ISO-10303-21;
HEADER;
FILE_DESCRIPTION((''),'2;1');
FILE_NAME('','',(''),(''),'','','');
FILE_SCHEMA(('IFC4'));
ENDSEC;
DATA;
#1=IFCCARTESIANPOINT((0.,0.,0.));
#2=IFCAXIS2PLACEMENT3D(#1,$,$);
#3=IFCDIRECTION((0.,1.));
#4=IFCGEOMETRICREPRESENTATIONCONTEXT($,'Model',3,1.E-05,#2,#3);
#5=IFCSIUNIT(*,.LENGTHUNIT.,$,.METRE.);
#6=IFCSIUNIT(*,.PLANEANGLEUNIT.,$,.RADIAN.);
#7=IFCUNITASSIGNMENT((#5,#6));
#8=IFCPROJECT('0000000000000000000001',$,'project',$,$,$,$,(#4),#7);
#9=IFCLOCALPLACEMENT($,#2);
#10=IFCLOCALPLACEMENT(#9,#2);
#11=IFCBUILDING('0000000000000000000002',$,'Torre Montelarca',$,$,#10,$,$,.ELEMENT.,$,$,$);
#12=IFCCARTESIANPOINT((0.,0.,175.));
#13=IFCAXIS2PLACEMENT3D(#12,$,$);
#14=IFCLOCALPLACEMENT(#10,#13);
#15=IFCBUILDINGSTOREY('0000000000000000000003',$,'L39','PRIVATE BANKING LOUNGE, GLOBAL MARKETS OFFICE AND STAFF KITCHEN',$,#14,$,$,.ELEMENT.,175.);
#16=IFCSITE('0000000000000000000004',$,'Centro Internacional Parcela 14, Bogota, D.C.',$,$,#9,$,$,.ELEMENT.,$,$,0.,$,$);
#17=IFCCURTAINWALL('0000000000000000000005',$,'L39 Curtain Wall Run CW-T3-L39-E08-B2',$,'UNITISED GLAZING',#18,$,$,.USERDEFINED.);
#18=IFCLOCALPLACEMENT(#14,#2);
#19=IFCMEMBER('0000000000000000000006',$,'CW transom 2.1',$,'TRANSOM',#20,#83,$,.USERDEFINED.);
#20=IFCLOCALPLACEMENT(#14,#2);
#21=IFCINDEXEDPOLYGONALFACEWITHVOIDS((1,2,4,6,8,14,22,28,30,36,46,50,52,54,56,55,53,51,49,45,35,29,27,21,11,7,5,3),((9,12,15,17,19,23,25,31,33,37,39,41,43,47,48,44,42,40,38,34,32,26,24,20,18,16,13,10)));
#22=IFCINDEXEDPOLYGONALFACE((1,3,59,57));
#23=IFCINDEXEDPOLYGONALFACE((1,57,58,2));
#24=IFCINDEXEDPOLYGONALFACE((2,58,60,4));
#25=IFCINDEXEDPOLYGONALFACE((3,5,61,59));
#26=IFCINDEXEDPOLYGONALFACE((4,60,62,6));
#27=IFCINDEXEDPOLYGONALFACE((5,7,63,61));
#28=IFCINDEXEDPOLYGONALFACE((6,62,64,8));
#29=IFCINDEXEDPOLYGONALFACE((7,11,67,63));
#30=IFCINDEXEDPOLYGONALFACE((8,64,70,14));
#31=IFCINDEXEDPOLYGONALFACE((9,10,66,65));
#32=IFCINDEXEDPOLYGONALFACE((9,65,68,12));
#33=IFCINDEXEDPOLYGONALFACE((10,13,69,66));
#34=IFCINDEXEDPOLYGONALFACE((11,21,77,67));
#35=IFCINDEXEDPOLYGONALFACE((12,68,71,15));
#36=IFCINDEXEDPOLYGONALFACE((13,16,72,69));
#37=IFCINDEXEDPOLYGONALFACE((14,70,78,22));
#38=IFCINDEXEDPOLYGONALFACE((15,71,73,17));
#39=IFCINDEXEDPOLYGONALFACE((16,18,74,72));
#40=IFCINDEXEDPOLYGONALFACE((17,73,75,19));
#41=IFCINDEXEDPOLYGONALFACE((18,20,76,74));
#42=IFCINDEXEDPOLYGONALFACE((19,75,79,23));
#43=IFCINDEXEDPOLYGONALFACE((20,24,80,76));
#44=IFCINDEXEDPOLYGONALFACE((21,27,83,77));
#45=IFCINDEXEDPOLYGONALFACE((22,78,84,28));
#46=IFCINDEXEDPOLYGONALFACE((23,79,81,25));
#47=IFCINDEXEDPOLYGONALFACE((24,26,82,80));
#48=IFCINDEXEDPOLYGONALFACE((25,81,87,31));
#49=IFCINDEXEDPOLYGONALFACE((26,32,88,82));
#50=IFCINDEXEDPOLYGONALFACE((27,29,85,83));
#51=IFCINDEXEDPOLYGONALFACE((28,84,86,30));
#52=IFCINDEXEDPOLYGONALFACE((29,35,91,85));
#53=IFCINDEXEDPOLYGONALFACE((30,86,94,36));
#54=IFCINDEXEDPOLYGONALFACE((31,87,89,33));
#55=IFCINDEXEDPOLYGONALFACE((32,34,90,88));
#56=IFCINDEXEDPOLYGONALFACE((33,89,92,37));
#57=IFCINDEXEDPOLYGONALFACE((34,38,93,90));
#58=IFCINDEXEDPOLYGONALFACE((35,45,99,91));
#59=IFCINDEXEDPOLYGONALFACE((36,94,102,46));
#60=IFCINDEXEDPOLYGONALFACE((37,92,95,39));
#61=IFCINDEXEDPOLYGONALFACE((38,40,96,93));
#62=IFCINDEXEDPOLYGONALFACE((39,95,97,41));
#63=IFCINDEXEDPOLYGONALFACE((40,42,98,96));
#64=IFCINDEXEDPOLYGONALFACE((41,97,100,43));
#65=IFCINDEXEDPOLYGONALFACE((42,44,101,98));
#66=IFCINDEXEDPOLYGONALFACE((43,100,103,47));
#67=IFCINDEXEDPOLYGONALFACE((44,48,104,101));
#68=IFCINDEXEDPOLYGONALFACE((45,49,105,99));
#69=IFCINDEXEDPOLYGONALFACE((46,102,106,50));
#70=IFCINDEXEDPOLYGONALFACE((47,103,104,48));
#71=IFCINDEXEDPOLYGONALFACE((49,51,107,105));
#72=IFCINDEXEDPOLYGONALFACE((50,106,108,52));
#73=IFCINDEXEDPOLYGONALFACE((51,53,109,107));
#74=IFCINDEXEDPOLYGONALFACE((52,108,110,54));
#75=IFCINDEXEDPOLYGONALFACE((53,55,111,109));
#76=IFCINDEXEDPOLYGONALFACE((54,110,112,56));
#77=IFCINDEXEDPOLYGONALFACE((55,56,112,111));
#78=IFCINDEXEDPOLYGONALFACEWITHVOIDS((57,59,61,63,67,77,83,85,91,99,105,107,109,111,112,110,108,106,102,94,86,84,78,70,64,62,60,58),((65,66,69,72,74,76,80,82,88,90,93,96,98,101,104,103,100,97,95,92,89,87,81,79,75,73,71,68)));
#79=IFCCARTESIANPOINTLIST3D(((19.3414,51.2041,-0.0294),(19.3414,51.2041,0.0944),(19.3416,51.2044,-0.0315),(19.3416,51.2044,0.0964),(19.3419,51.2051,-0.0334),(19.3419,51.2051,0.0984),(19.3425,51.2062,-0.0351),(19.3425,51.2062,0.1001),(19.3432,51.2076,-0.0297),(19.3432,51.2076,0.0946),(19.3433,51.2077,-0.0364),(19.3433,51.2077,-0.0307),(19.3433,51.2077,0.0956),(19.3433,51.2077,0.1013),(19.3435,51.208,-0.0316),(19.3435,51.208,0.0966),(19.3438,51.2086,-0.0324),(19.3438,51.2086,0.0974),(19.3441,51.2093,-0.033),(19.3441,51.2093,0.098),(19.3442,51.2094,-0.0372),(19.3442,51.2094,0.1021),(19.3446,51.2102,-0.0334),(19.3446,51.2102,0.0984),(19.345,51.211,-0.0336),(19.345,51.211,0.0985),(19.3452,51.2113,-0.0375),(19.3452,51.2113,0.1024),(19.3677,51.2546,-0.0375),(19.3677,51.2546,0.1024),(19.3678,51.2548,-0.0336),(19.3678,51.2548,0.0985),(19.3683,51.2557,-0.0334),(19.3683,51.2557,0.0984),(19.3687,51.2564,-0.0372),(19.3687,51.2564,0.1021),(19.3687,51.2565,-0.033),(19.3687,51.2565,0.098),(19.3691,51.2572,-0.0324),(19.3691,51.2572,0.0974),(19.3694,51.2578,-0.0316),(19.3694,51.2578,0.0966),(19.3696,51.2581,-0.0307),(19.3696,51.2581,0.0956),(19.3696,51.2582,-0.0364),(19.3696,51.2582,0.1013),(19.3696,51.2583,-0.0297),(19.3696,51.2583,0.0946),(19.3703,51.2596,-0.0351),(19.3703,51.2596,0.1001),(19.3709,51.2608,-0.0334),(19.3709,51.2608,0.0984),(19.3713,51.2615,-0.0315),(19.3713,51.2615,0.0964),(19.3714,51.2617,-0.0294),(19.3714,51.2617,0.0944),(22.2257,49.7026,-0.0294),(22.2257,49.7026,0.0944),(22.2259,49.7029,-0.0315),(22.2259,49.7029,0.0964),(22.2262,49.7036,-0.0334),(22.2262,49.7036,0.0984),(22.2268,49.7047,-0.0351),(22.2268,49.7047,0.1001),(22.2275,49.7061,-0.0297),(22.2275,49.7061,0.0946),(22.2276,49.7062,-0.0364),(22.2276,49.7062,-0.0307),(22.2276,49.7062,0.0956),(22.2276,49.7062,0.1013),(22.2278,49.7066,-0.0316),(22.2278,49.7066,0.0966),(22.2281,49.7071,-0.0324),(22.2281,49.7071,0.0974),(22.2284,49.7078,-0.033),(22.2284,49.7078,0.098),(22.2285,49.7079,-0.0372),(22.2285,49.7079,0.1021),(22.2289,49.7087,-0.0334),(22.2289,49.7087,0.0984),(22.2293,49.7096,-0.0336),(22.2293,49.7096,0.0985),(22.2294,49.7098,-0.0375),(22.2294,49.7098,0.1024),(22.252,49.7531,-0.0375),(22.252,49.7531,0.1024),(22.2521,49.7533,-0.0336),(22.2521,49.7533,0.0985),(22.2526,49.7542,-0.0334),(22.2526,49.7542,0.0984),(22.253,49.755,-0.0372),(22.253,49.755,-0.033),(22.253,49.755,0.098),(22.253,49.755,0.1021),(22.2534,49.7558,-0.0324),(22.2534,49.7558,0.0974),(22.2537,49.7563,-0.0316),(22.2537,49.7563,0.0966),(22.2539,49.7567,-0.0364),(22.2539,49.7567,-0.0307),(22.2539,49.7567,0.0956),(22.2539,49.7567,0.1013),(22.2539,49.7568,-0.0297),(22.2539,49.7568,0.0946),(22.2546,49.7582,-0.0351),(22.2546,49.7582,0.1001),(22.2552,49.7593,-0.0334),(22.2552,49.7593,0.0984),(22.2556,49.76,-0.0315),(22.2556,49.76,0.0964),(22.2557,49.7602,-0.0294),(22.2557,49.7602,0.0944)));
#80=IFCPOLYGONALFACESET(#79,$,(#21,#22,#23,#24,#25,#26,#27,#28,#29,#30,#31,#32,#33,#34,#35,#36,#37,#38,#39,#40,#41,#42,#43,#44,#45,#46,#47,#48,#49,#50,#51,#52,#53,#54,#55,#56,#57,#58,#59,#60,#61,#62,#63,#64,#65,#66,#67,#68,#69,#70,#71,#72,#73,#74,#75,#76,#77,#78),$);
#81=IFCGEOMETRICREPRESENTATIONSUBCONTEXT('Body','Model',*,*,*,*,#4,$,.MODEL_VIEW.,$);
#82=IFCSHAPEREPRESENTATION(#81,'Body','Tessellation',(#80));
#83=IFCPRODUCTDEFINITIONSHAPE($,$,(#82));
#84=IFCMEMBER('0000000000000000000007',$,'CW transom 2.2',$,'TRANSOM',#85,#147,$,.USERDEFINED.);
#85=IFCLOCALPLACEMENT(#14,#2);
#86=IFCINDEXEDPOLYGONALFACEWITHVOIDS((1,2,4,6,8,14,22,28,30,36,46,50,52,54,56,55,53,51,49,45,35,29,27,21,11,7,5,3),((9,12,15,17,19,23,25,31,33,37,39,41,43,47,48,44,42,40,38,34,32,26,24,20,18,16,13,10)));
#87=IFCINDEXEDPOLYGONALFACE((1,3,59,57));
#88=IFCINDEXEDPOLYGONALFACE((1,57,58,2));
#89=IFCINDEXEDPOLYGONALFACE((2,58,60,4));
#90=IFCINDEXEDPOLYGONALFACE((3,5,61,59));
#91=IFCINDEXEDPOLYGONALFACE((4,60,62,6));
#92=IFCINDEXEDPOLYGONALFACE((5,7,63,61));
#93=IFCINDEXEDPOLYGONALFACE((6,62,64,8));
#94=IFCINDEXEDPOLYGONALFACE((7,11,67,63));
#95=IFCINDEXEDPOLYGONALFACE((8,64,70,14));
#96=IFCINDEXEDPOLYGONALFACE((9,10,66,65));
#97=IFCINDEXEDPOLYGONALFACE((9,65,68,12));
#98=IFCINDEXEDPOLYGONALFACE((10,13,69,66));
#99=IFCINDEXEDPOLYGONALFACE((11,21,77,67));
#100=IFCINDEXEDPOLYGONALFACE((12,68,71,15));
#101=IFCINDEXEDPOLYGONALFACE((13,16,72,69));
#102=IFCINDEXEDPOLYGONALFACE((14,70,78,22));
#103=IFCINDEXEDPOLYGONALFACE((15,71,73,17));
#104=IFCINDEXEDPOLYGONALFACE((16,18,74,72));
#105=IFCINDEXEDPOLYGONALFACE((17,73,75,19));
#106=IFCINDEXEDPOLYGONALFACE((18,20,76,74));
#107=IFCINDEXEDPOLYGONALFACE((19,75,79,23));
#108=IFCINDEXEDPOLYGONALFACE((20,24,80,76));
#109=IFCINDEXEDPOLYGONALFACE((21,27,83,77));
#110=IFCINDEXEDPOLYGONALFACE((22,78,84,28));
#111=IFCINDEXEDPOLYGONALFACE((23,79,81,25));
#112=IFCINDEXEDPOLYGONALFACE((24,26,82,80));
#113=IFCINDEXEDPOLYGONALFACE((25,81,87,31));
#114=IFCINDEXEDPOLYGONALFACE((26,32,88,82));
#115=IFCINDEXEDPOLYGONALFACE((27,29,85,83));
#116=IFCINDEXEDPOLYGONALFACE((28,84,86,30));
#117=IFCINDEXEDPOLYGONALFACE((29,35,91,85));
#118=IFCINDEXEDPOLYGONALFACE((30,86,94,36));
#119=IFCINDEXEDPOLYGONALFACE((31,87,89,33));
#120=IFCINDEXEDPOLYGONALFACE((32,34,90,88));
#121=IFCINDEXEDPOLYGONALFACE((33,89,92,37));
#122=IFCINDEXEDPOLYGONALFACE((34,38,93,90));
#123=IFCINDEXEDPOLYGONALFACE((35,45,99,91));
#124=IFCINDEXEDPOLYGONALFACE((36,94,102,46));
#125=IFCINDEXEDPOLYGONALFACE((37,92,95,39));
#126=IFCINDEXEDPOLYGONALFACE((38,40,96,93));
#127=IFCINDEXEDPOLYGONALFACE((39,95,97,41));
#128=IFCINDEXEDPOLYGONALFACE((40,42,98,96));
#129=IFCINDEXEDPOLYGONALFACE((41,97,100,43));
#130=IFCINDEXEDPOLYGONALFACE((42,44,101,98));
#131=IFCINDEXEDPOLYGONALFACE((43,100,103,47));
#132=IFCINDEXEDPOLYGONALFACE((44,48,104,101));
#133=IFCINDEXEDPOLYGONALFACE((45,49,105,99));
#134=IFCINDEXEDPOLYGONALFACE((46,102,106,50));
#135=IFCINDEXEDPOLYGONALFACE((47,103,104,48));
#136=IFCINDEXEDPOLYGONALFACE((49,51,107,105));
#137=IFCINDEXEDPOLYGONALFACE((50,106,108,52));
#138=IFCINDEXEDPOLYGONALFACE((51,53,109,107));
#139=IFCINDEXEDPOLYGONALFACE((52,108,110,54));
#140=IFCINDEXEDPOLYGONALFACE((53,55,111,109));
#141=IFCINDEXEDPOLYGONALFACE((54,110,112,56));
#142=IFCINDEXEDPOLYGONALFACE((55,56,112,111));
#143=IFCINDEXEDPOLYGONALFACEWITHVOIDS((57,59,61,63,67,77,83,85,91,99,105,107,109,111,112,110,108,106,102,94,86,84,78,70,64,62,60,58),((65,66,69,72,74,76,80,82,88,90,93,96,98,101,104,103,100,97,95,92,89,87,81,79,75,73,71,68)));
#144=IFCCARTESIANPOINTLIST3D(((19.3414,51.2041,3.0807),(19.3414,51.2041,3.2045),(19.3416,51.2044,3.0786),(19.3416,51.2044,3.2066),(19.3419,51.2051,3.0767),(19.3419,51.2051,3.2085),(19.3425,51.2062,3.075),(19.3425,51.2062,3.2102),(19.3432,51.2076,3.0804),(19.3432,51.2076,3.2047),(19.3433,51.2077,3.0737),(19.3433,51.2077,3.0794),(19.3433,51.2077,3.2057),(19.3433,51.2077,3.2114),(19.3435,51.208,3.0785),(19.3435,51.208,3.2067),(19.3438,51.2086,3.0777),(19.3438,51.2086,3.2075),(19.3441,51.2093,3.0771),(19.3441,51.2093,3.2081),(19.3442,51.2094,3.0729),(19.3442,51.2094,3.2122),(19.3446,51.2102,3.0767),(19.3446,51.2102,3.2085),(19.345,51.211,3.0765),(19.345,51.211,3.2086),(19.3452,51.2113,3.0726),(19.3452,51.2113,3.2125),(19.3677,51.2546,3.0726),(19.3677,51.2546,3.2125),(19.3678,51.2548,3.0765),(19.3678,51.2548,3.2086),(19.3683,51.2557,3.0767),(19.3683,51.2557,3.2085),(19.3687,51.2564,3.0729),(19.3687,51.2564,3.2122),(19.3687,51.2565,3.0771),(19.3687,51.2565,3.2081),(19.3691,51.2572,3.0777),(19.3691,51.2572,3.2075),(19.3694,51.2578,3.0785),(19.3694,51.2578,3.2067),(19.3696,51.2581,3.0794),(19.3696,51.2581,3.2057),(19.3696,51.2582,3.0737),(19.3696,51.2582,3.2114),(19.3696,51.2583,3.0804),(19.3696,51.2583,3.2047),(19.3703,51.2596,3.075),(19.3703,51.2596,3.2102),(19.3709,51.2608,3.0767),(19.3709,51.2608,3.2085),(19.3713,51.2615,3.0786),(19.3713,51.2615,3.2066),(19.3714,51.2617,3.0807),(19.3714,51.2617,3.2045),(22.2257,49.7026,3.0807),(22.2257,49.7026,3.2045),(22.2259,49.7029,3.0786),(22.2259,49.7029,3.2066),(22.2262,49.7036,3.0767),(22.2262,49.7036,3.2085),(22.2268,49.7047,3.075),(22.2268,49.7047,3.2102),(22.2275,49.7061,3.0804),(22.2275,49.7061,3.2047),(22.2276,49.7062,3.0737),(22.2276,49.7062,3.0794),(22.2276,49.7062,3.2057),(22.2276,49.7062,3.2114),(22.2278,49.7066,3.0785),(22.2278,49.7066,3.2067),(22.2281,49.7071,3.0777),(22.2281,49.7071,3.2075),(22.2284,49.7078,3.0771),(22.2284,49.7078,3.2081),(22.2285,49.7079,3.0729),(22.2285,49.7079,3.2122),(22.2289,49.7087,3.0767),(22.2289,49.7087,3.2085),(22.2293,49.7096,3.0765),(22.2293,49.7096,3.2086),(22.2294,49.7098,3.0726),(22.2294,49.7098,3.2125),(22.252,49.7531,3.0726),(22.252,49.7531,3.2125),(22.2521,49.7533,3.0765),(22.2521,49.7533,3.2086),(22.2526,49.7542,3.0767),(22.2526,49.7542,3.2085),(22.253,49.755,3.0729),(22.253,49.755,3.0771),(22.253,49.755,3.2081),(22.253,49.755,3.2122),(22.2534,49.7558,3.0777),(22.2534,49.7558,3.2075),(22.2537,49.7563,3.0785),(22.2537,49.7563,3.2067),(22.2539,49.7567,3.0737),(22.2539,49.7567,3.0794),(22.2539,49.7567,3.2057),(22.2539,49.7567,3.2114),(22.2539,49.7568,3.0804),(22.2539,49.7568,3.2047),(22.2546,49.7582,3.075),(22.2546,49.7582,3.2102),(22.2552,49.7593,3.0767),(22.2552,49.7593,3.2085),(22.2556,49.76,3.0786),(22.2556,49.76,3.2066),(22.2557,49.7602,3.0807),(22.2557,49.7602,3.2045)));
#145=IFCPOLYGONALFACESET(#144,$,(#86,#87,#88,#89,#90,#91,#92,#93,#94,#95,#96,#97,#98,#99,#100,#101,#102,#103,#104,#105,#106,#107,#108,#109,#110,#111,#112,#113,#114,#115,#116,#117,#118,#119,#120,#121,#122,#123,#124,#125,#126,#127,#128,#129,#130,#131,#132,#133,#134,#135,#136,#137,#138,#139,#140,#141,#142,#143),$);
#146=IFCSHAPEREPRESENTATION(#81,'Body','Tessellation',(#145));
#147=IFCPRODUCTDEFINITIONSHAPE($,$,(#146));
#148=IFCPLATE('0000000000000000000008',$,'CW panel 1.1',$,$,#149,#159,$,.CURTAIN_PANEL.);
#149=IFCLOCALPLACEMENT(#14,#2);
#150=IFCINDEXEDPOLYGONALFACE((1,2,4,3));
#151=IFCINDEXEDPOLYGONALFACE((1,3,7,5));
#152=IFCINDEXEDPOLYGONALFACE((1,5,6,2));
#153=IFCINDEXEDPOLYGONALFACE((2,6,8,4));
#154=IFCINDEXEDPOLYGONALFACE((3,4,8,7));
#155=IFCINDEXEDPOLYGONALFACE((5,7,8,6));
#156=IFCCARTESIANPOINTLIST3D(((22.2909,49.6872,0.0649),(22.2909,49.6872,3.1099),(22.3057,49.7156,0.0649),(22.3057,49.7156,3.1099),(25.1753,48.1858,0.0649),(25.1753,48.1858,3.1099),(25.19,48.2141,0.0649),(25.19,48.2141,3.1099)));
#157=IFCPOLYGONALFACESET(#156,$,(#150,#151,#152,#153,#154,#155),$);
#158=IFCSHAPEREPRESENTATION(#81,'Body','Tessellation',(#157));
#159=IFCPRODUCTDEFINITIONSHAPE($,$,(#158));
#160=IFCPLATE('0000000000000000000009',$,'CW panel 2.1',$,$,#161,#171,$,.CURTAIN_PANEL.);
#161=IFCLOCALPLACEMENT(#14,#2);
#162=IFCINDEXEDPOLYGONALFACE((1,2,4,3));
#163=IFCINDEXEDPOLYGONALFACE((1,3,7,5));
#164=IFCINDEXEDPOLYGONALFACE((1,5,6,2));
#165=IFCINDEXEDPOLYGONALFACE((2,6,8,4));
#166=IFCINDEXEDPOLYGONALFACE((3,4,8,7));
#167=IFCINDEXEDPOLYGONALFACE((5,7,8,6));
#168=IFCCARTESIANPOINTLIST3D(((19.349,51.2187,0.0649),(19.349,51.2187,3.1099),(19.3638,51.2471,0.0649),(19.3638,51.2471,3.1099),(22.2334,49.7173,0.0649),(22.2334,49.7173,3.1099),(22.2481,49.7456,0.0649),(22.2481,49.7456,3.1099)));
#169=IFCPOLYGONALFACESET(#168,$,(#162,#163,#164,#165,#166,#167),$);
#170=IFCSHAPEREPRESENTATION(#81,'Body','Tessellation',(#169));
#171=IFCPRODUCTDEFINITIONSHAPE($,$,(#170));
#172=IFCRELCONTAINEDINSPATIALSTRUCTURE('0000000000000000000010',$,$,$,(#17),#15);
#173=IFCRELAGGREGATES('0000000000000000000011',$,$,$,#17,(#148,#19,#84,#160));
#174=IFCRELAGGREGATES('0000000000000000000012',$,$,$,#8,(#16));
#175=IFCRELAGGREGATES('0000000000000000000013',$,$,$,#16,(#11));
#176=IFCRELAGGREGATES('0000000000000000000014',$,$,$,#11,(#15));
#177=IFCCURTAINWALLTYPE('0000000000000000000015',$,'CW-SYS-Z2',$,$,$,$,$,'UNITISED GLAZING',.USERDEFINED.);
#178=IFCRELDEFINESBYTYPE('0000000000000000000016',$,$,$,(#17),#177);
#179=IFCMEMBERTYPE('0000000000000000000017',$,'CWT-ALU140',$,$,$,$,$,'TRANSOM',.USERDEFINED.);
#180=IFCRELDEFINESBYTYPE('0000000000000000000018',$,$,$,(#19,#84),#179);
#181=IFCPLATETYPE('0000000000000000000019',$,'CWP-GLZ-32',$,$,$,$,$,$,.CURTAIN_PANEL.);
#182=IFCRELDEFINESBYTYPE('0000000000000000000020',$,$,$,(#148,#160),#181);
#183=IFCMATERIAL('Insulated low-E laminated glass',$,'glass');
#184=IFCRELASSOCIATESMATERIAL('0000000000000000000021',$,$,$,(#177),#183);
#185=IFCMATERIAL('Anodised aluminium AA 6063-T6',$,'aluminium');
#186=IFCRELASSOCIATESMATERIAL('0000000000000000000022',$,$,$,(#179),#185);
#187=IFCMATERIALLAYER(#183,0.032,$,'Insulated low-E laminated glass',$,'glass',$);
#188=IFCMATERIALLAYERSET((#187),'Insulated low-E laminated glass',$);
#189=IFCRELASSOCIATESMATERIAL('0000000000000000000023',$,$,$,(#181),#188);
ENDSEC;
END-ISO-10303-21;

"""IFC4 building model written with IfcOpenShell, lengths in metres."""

from ifc_helpers import new_model, si_unit, direction, frame, origin, origin_2d, place, context, subcontext, project, spatial, rectangle, hollow_rectangle, extrude, source, transform, mapped, material, layer, layer_set, material_profile, profile_set, type_object, element, aggregate, save


model = new_model("IFC4")

# Units and contexts
model_context = context("Model", 3, precision=1e-05, world=origin(), true_north=direction((0.0, 1.0)))
body_context = subcontext(model_context, "Body", "Model", "MODEL_VIEW")
ifc_project = project(units=[si_unit("LENGTHUNIT", "METRE"), si_unit("PLANEANGLEUNIT", "RADIAN")], contexts=[model_context])

# Site, building, storey
site_placement = place(None, origin())
site = spatial("IfcSite", under=ifc_project, at=site_placement, Name="Centro Internacional Parcela 14, Bogota, D.C.", CompositionType="ELEMENT", RefElevation=0.0)
building_placement = place(site_placement, origin())
building = spatial("IfcBuilding", under=site, at=building_placement, Name="Torre Montelarca", CompositionType="ELEMENT")
storey_placement = place(building_placement, frame((0.0, 0.0, 175.0)))
storey = spatial("IfcBuildingStorey", under=building, at=storey_placement, Name="L39", Description="PRIVATE BANKING LOUNGE, GLOBAL MARKETS OFFICE AND STAFF KITCHEN", CompositionType="ELEMENT", Elevation=175.0)

# Shared definitions
ifc_material_1 = material(Name="Insulated low-E laminated glass", Category="glass")
curtain_wall_type = type_object("IfcCurtainWallType", Name="CW-SYS-Z2", ElementType="UNITISED GLAZING", PredefinedType="USERDEFINED", material=ifc_material_1)
ifc_material_2 = material(Name="Anodised aluminium AA 6063-T6", Category="aluminium")

# Curtain wall, members, plates
curtain_wall_1_placement = place(storey_placement, origin())
curtain_wall_1 = element("IfcCurtainWall", 1, at=curtain_wall_1_placement, inside=storey, type_object=curtain_wall_type, Name="L39 Curtain Wall Run CW-T3-L39-E08-B2", ObjectType="UNITISED GLAZING", PredefinedType="USERDEFINED")
ifc_material_profile_1 = material_profile(ifc_material_2, hollow_rectangle(XDim=0.0649, YDim=0.1399, WallThickness=0.0039, InnerFilletRadius=0.0039, OuterFilletRadius=0.0081, at=origin_2d()), Name="ALU65X140X4", Category="aluminium")
ifc_profile_set_1 = profile_set([ifc_material_profile_1], Name="Anodised aluminium AA 6063-T6")
member_type_1 = type_object("IfcMemberType", Name="CWT-ALU140", ElementType="TRANSOM", PredefinedType="USERDEFINED", material=ifc_profile_set_1)
shared_shape_1 = source(origin(), body_context, "Body", "SweptSolid", [
    extrude(hollow_rectangle(XDim=0.0649, YDim=0.1399, WallThickness=0.0039, InnerFilletRadius=0.0039, OuterFilletRadius=0.0081, at=origin_2d()), origin(), (0.0, 0.0, 1.0), 3.2517),
])
member_1_placement = place(storey_placement, frame((22.2407, 49.7314, 0.0325), z_axis=(-0.88701, 0.46175, 0.0), x_axis=(-0.46175, -0.88701, 0.0)))
member_1 = element("IfcMember", 2, at=member_1_placement, type_object=member_type_1, Name="CW transom 2.1", ObjectType="TRANSOM", PredefinedType="USERDEFINED", context=body_context, shape_type="MappedRepresentation", body=[
    mapped(shared_shape_1, transform((0.0, 0.0, 0.0), scale=1.0)),
])
member_2_placement = place(storey_placement, frame((22.2407, 49.7314, 3.1426), z_axis=(-0.88701, 0.46175, 0.0), x_axis=(-0.46175, -0.88701, 0.0)))
member_2 = element("IfcMember", 3, at=member_2_placement, type_object=member_type_1, Name="CW transom 2.2", ObjectType="TRANSOM", PredefinedType="USERDEFINED", context=body_context, shape_type="MappedRepresentation", body=[
    mapped(shared_shape_1, transform((0.0, 0.0, 0.0), scale=1.0)),
])
ifc_layer_1 = layer(ifc_material_1, 0.032, Name="Insulated low-E laminated glass", Category="glass")
ifc_layer_set_1 = layer_set([ifc_layer_1], Name="Insulated low-E laminated glass")
plate_type = type_object("IfcPlateType", Name="CWP-GLZ-32", PredefinedType="CURTAIN_PANEL", material=ifc_layer_set_1)
shared_shape_2 = source(origin(), body_context, "Body", "SweptSolid", [
    extrude(rectangle(XDim=3.2517, YDim=0.032, at=origin_2d()), origin(), (0.0, 0.0, 1.0), 3.0449),
])
plate_1_placement = place(storey_placement, frame((23.7405, 48.9507, 0.0649), z_axis=(0.0, 0.0, 1.0), x_axis=(-0.887014, 0.461742, 0.0)))
plate_1 = element("IfcPlate", 4, at=plate_1_placement, type_object=plate_type, Name="CW panel 1.1", PredefinedType="CURTAIN_PANEL", context=body_context, shape_type="MappedRepresentation", body=[
    mapped(shared_shape_2, transform((0.0, 0.0, 0.0), scale=1.0)),
])
plate_2_placement = place(storey_placement, frame((20.7986, 50.4822, 0.0649), z_axis=(0.0, 0.0, 1.0), x_axis=(-0.887014, 0.461742, 0.0)))
plate_2 = element("IfcPlate", 5, at=plate_2_placement, type_object=plate_type, Name="CW panel 2.1", PredefinedType="CURTAIN_PANEL", context=body_context, shape_type="MappedRepresentation", body=[
    mapped(shared_shape_2, transform((0.0, 0.0, 0.0), scale=1.0)),
])
aggregate(curtain_wall_1, [plate_1, member_1, member_2, plate_2])

save(model, "model.ifc")
